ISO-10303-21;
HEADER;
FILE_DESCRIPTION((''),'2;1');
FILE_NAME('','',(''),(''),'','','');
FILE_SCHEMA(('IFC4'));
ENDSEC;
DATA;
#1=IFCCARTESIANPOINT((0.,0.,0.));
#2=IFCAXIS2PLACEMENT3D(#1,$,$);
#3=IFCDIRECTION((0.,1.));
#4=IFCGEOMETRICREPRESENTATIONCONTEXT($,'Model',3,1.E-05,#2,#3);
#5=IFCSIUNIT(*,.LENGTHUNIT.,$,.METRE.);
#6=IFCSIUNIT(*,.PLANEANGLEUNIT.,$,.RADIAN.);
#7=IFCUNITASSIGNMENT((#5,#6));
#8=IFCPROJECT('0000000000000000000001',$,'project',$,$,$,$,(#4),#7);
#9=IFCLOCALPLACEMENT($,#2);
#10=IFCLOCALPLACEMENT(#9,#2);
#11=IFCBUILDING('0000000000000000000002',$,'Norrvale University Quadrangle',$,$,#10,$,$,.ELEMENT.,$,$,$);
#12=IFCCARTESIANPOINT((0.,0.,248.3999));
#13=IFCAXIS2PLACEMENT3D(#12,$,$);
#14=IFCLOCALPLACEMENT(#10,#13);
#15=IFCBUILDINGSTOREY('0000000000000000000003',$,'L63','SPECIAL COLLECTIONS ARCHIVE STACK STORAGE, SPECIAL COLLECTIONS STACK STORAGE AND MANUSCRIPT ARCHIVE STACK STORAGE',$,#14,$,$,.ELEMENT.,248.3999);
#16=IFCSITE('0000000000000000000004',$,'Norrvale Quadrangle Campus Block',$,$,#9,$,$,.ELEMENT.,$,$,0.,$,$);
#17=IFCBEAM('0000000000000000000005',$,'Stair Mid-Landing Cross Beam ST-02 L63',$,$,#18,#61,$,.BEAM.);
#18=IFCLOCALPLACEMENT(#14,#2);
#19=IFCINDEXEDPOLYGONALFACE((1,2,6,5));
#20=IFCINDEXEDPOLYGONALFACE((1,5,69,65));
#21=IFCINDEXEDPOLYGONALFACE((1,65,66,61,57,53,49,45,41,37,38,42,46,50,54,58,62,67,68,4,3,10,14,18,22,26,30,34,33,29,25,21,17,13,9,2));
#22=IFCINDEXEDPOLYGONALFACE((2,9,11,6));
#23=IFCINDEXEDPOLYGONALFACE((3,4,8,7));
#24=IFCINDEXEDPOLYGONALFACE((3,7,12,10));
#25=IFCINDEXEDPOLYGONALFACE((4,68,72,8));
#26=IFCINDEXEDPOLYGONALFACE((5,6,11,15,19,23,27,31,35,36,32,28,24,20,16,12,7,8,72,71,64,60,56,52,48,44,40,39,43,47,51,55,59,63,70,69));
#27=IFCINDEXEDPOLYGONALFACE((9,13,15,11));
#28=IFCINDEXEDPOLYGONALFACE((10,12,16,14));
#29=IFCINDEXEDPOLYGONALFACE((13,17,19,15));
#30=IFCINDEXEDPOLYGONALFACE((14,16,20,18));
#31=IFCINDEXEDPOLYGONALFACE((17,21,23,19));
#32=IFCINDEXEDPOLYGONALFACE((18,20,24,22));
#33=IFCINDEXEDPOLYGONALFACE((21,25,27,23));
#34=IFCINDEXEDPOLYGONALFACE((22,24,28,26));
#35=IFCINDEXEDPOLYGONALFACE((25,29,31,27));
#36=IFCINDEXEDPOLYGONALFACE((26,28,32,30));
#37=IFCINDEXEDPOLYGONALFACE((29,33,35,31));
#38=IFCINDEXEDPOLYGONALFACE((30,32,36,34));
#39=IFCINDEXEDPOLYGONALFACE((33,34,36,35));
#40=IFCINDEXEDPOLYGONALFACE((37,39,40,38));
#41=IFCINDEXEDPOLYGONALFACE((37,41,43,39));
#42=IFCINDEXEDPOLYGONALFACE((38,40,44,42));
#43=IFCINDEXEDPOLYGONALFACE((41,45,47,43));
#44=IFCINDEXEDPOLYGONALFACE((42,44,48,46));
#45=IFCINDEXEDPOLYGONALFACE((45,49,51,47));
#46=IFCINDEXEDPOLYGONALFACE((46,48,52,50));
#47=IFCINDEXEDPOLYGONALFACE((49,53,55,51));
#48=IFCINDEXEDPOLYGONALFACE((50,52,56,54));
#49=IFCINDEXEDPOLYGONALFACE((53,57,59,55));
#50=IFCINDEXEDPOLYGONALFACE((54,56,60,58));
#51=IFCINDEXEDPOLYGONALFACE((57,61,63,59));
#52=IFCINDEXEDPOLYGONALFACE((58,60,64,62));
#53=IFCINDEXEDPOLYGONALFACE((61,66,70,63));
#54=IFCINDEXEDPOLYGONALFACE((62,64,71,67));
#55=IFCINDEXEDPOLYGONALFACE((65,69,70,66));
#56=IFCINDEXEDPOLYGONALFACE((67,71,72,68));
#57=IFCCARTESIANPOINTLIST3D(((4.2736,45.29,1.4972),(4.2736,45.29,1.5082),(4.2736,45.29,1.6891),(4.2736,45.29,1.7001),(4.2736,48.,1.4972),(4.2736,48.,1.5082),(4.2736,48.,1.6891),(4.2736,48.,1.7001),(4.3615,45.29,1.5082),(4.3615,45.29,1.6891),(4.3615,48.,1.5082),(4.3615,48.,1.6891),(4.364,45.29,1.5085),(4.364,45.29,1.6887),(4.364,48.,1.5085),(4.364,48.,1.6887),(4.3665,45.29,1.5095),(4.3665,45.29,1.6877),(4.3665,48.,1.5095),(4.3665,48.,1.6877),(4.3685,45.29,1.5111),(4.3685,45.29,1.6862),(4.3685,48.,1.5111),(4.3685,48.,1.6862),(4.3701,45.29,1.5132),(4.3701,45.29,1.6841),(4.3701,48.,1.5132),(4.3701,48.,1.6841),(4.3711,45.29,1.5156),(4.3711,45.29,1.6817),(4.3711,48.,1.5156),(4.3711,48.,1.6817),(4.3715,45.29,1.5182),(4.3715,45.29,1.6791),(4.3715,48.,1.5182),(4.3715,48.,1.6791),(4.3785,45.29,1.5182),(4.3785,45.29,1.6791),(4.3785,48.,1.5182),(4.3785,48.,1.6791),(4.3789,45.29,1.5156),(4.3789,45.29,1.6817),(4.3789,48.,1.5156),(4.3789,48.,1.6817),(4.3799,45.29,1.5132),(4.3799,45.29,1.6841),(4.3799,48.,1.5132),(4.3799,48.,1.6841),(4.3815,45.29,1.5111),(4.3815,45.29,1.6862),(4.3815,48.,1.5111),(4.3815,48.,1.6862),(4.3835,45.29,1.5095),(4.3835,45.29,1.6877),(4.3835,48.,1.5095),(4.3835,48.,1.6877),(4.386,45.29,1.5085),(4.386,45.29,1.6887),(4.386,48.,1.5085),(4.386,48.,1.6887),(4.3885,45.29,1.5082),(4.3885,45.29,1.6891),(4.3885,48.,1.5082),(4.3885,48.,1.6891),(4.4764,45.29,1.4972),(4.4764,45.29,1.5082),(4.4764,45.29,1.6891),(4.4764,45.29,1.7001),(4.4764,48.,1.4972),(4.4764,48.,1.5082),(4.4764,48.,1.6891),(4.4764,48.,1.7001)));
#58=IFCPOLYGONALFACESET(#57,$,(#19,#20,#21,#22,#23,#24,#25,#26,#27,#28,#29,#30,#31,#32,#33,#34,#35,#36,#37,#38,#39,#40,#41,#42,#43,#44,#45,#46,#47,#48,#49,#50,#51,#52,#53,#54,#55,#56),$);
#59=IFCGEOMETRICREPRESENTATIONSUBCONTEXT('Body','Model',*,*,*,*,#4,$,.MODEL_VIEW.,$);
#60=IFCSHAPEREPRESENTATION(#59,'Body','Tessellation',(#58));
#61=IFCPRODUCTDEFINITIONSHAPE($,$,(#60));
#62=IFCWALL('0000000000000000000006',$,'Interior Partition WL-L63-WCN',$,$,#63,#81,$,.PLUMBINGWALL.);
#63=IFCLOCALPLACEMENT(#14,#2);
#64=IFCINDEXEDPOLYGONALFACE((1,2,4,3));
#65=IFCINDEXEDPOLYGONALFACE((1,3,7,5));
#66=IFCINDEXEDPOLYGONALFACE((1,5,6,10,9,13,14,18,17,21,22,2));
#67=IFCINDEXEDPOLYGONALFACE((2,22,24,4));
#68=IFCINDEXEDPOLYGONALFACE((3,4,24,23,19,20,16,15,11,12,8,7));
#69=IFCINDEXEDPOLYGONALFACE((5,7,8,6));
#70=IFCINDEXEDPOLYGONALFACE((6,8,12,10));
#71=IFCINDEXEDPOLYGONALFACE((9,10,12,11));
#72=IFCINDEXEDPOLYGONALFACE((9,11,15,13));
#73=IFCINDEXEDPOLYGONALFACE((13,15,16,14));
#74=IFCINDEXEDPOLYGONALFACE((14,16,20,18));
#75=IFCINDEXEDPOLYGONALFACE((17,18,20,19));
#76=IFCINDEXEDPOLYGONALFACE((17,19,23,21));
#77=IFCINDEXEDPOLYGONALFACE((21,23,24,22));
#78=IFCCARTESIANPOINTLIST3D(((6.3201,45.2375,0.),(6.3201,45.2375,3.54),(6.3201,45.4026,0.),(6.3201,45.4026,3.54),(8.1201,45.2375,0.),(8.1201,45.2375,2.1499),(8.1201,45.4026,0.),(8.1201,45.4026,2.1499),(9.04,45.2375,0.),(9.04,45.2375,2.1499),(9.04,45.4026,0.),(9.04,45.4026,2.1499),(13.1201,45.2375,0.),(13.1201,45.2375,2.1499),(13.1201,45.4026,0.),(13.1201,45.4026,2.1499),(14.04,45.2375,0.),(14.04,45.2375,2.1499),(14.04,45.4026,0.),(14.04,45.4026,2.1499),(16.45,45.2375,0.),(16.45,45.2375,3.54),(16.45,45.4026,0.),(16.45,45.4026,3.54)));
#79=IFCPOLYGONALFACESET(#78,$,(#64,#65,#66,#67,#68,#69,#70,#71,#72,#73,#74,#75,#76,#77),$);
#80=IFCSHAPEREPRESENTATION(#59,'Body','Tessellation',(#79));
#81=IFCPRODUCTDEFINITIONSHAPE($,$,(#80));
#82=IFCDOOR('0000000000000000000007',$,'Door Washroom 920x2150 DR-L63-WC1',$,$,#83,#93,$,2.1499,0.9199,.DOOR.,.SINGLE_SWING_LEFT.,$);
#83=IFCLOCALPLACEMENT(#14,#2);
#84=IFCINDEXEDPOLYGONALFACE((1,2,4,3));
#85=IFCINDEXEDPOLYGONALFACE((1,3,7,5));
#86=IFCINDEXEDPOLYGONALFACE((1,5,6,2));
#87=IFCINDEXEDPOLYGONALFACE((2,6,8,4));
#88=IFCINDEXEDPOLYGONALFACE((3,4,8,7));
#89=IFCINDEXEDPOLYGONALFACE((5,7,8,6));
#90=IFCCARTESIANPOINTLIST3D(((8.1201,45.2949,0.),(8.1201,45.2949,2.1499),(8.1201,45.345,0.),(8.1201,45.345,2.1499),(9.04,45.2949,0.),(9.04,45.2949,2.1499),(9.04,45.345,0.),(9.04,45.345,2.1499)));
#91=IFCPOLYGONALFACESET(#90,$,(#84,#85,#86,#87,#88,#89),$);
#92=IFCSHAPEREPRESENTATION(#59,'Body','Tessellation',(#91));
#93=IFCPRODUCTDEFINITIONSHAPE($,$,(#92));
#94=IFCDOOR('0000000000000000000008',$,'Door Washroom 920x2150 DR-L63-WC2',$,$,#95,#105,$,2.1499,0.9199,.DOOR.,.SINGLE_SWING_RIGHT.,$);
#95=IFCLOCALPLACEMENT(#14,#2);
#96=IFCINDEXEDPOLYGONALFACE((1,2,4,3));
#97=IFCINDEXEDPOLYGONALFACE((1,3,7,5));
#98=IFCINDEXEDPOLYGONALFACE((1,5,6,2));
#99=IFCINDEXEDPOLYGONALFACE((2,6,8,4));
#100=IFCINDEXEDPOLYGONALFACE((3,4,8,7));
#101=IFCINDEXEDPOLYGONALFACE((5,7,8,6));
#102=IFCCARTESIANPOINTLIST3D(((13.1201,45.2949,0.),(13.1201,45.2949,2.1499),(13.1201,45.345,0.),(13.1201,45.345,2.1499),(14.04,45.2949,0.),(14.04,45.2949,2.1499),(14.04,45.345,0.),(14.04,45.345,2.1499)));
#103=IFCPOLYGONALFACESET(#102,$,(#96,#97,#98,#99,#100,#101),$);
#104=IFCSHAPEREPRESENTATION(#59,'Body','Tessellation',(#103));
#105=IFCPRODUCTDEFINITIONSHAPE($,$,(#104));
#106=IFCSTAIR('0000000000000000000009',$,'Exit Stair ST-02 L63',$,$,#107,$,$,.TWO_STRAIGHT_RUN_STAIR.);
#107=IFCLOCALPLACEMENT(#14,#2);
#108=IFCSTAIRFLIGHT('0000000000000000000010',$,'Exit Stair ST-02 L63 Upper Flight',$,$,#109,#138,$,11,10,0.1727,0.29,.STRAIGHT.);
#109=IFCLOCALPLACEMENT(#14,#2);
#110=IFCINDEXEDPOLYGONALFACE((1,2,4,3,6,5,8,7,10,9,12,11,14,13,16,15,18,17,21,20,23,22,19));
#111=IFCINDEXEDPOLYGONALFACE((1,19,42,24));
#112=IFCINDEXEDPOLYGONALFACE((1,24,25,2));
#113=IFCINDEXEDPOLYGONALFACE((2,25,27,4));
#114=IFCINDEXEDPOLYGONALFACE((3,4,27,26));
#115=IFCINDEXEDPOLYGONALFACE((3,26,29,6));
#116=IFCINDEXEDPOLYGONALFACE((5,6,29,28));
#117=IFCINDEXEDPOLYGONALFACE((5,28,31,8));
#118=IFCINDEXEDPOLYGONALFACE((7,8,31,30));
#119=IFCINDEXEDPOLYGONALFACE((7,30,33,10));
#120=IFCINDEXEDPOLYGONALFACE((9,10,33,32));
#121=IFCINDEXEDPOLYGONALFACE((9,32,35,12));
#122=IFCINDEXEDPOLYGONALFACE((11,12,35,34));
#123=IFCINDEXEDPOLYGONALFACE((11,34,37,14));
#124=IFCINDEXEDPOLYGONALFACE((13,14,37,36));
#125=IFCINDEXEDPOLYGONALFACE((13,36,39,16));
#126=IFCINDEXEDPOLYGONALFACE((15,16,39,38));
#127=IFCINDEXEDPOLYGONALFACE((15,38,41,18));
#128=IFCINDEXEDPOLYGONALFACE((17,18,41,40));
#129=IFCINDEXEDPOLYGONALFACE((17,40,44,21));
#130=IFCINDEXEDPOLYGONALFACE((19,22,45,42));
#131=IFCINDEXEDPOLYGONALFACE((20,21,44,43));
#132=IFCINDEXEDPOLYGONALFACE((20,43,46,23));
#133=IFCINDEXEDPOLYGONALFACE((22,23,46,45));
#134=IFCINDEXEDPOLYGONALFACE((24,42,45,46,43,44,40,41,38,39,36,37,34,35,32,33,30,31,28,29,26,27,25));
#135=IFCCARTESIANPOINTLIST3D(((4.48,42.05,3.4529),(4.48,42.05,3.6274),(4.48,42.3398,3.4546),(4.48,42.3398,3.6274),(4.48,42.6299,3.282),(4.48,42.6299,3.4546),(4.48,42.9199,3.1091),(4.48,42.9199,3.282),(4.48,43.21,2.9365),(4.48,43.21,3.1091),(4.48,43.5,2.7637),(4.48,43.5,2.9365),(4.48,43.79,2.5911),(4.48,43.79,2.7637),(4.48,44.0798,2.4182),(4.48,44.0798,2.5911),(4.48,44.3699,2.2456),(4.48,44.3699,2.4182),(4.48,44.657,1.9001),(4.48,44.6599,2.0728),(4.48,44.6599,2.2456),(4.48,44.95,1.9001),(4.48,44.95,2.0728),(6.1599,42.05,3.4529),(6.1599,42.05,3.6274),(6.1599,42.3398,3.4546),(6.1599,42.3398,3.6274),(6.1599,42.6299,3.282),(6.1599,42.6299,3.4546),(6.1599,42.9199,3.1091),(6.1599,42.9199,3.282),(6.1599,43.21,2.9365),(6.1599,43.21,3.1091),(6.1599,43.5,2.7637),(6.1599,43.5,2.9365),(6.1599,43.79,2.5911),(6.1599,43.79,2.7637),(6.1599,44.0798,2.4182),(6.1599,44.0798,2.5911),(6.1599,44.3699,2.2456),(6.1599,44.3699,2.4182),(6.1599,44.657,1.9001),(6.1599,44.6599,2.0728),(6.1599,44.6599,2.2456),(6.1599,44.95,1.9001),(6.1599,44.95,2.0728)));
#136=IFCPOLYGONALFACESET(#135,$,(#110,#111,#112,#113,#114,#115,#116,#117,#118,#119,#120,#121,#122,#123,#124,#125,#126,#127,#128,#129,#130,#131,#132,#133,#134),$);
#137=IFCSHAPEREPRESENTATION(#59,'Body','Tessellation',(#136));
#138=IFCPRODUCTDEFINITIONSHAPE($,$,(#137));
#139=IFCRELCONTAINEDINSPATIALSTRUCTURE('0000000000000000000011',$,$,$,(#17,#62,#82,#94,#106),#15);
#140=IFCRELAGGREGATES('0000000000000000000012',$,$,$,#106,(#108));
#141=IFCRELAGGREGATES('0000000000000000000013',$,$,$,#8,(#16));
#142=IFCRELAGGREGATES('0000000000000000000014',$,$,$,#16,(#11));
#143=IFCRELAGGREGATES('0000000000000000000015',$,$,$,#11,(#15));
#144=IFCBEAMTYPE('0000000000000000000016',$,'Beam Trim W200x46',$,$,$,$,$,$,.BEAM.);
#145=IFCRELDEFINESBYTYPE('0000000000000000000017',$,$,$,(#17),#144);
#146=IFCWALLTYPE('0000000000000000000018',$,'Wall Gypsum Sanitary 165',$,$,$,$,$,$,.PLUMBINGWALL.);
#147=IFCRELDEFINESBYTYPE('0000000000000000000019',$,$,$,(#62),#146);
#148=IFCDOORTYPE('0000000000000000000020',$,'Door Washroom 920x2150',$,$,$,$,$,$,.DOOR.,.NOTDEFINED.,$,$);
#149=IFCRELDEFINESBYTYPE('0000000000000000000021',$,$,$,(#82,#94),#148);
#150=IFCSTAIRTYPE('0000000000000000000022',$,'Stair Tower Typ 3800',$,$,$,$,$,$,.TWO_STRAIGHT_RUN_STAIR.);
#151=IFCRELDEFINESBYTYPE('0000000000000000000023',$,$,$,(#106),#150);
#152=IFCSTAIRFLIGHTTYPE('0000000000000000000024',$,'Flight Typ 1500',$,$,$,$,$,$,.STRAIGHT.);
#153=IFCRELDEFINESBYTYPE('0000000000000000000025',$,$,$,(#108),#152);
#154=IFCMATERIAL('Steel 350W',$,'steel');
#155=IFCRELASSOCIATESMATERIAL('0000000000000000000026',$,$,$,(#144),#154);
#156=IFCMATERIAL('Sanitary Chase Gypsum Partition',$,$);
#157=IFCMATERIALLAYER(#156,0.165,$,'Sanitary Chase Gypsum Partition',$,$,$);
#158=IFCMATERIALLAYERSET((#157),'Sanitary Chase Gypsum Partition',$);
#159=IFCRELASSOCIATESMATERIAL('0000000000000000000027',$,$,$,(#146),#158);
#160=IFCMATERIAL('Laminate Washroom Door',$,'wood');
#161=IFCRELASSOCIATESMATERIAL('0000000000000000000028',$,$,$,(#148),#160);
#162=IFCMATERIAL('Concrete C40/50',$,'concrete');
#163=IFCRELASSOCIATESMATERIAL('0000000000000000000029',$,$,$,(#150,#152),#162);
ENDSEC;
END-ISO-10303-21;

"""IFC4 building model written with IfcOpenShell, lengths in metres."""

from ifc_helpers import new_model, si_unit, direction, frame, frame_2d, origin, origin_2d, place, context, subcontext, project, spatial, polyline, rectangle, i_section, outline, extrude, material, layer, layer_set, material_profile, profile_set, type_object, element, fill, aggregate, save


model = new_model("IFC4")

# Units and contexts
model_context = context("Model", 3, precision=1e-05, world=origin(), true_north=direction((0.0, 1.0)))
body_context = subcontext(model_context, "Body", "Model", "MODEL_VIEW")
ifc_project = project(units=[si_unit("LENGTHUNIT", "METRE"), si_unit("PLANEANGLEUNIT", "RADIAN")], contexts=[model_context])

# Site, building, storey
site_placement = place(None, origin())
site = spatial("IfcSite", under=ifc_project, at=site_placement, Name="Norrvale Quadrangle Campus Block", CompositionType="ELEMENT", RefElevation=0.0)
building_placement = place(site_placement, origin())
building = spatial("IfcBuilding", under=site, at=building_placement, Name="Norrvale University Quadrangle", CompositionType="ELEMENT")
storey_placement = place(building_placement, frame((0.0, 0.0, 248.3999)))
storey = spatial("IfcBuildingStorey", under=building, at=storey_placement, Name="L63", Description="SPECIAL COLLECTIONS ARCHIVE STACK STORAGE, SPECIAL COLLECTIONS STACK STORAGE AND MANUSCRIPT ARCHIVE STACK STORAGE", CompositionType="ELEMENT", Elevation=248.3999)

# Beam
ifc_material_1 = material(Name="Steel 350W", Category="steel")
ifc_material_profile_1 = material_profile(ifc_material_1, i_section(OverallWidth=0.2029, OverallDepth=0.2029, WebThickness=0.0071, FlangeThickness=0.011, FilletRadius=0.01, at=origin_2d()), Name="Steel 350W")
ifc_profile_set_1 = profile_set([ifc_material_profile_1], Name="Steel 350W")
beam_type_1 = type_object("IfcBeamType", Name="Beam Trim W200x46", PredefinedType="BEAM", material=ifc_profile_set_1)
beam_1_placement = place(storey_placement, frame((4.375, 45.29, 1.5986), z_axis=(0.0, 1.0, 0.0), x_axis=(-1.0, 0.0, 0.0)))
element("IfcBeam", 1, at=beam_1_placement, inside=storey, type_object=beam_type_1, Name="Stair Mid-Landing Cross Beam ST-02 L63", PredefinedType="BEAM", context=body_context, shape_type="SweptSolid", body=[
    extrude(i_section(OverallWidth=0.2029, OverallDepth=0.2029, WebThickness=0.0071, FlangeThickness=0.011, FilletRadius=0.01, at=origin_2d()), origin(), (0.0, 0.0, 1.0), 2.71),
])

# Wall, openings, doors
ifc_material_2 = material(Name="Sanitary Chase Gypsum Partition")
ifc_layer = layer(ifc_material_2, 0.165, Name="Sanitary Chase Gypsum Partition")
ifc_layer_set = layer_set([ifc_layer], Name="Sanitary Chase Gypsum Partition")
wall_type = type_object("IfcWallType", Name="Wall Gypsum Sanitary 165", PredefinedType="PLUMBINGWALL", material=ifc_layer_set)
wall_placement = place(storey_placement, frame((6.3201, 45.3201, 0.0), z_axis=(0.0, 0.0, 1.0), x_axis=(1.0, 0.0, 0.0)))
wall = element("IfcWall", 2, at=wall_placement, inside=storey, type_object=wall_type, Name="Interior Partition WL-L63-WCN", PredefinedType="PLUMBINGWALL", context=body_context, shape_type="SweptSolid", body=[
    extrude(rectangle(XDim=10.1299, YDim=0.165, at=frame_2d((5.0649, 0.0))), origin(), (0.0, 0.0, 1.0), 3.54),
])
opening_1_placement = place(wall_placement, frame((1.8, 0.0, 0.0)))
opening_1 = element("IfcOpeningElement", 3, at=opening_1_placement, cuts=wall, PredefinedType="OPENING", context=body_context, shape_type="SweptSolid", body=[
    extrude(rectangle(XDim=0.9199, YDim=2.1499, at=frame_2d((0.46, 1.075))), frame((0.0, 0.0945, 0.0), z_axis=(0.0, -1.0, 0.0), x_axis=(1.0, 0.0, 0.0)), (0.0, 0.0, 1.0), 0.189),
])
opening_2_placement = place(wall_placement, frame((6.8, 0.0, 0.0)))
opening_2 = element("IfcOpeningElement", 4, at=opening_2_placement, cuts=wall, PredefinedType="OPENING", context=body_context, shape_type="SweptSolid", body=[
    extrude(rectangle(XDim=0.9199, YDim=2.1499, at=frame_2d((0.46, 1.075))), frame((0.0, 0.0945, 0.0), z_axis=(0.0, -1.0, 0.0), x_axis=(1.0, 0.0, 0.0)), (0.0, 0.0, 1.0), 0.189),
])
ifc_material_3 = material(Name="Laminate Washroom Door", Category="wood")
door_type = type_object("IfcDoorType", Name="Door Washroom 920x2150", OperationType="NOTDEFINED", PredefinedType="DOOR", material=ifc_material_3)
door_1_placement = place(opening_1_placement, origin())
door_1 = element("IfcDoor", 5, at=door_1_placement, inside=storey, type_object=door_type, Name="Door Washroom 920x2150 DR-L63-WC1", OperationType="SINGLE_SWING_LEFT", OverallHeight=2.1499, OverallWidth=0.9199, PredefinedType="DOOR", context=body_context, shape_type="SweptSolid", body=[
    extrude(rectangle(XDim=0.9199, YDim=2.1499, at=frame_2d((0.46, 1.075))), frame((0.0, 0.0249, 0.0), z_axis=(0.0, -1.0, 0.0), x_axis=(1.0, 0.0, 0.0)), (0.0, 0.0, 1.0), 0.05),
])
fill(opening_1, door_1)
door_2_placement = place(opening_2_placement, origin())
door_2 = element("IfcDoor", 6, at=door_2_placement, inside=storey, type_object=door_type, Name="Door Washroom 920x2150 DR-L63-WC2", OperationType="SINGLE_SWING_RIGHT", OverallHeight=2.1499, OverallWidth=0.9199, PredefinedType="DOOR", context=body_context, shape_type="SweptSolid", body=[
    extrude(rectangle(XDim=0.9199, YDim=2.1499, at=frame_2d((0.46, 1.075))), frame((0.0, 0.0249, 0.0), z_axis=(0.0, -1.0, 0.0), x_axis=(1.0, 0.0, 0.0)), (0.0, 0.0, 1.0), 0.05),
])
fill(opening_2, door_2)

# Stair, stair flight
ifc_material_4 = material(Name="Concrete C40/50", Category="concrete")
stair_type = type_object("IfcStairType", Name="Stair Tower Typ 3800", PredefinedType="TWO_STRAIGHT_RUN_STAIR", material=ifc_material_4)
stair_placement = place(storey_placement, origin())
stair = element("IfcStair", 7, at=stair_placement, inside=storey, type_object=stair_type, Name="Exit Stair ST-02 L63", PredefinedType="TWO_STRAIGHT_RUN_STAIR")
stair_flight_type = type_object("IfcStairFlightType", Name="Flight Typ 1500", PredefinedType="STRAIGHT", material=ifc_material_4)
stair_flight_placement = place(storey_placement, frame((5.3201, 44.95, 1.9001), z_axis=(0.0, 0.0, 1.0), x_axis=(0.0, -1.0, 0.0)))
stair_flight = element("IfcStairFlight", 8, at=stair_flight_placement, type_object=stair_flight_type, Name="Exit Stair ST-02 L63 Upper Flight", NumberOfRisers=11, NumberOfTreads=10, PredefinedType="STRAIGHT", RiserHeight=0.1727, TreadLength=0.29, context=body_context, shape_type="SweptSolid", body=[
    extrude(outline(polyline([(0.0, 0.0), (0.0, 0.1726), (0.29, 0.1726), (0.29, 0.3455), (0.5801, 0.3455), (0.5801, 0.5181), (0.8701, 0.5181), (0.8701, 0.6909), (1.1599, 0.6909), (1.1599, 0.8635), (1.45, 0.8635), (1.45, 1.0364), (1.74, 1.0364), (1.74, 1.209), (2.03, 1.209), (2.03, 1.3818), (2.3201, 1.3818), (2.3201, 1.5544), (2.6101, 1.5544), (2.6101, 1.7273), (2.8999, 1.7273), (2.8999, 1.8999), (2.8999, 1.5527), (0.293, 0.0), (0.0, 0.0)])), frame((0.0, 0.8398, 0.0), z_axis=(0.0, -1.0, 0.0), x_axis=(1.0, 0.0, 0.0)), (0.0, 0.0, 1.0), 1.6799),
])
aggregate(stair, [stair_flight])

save(model, "model.ifc")
